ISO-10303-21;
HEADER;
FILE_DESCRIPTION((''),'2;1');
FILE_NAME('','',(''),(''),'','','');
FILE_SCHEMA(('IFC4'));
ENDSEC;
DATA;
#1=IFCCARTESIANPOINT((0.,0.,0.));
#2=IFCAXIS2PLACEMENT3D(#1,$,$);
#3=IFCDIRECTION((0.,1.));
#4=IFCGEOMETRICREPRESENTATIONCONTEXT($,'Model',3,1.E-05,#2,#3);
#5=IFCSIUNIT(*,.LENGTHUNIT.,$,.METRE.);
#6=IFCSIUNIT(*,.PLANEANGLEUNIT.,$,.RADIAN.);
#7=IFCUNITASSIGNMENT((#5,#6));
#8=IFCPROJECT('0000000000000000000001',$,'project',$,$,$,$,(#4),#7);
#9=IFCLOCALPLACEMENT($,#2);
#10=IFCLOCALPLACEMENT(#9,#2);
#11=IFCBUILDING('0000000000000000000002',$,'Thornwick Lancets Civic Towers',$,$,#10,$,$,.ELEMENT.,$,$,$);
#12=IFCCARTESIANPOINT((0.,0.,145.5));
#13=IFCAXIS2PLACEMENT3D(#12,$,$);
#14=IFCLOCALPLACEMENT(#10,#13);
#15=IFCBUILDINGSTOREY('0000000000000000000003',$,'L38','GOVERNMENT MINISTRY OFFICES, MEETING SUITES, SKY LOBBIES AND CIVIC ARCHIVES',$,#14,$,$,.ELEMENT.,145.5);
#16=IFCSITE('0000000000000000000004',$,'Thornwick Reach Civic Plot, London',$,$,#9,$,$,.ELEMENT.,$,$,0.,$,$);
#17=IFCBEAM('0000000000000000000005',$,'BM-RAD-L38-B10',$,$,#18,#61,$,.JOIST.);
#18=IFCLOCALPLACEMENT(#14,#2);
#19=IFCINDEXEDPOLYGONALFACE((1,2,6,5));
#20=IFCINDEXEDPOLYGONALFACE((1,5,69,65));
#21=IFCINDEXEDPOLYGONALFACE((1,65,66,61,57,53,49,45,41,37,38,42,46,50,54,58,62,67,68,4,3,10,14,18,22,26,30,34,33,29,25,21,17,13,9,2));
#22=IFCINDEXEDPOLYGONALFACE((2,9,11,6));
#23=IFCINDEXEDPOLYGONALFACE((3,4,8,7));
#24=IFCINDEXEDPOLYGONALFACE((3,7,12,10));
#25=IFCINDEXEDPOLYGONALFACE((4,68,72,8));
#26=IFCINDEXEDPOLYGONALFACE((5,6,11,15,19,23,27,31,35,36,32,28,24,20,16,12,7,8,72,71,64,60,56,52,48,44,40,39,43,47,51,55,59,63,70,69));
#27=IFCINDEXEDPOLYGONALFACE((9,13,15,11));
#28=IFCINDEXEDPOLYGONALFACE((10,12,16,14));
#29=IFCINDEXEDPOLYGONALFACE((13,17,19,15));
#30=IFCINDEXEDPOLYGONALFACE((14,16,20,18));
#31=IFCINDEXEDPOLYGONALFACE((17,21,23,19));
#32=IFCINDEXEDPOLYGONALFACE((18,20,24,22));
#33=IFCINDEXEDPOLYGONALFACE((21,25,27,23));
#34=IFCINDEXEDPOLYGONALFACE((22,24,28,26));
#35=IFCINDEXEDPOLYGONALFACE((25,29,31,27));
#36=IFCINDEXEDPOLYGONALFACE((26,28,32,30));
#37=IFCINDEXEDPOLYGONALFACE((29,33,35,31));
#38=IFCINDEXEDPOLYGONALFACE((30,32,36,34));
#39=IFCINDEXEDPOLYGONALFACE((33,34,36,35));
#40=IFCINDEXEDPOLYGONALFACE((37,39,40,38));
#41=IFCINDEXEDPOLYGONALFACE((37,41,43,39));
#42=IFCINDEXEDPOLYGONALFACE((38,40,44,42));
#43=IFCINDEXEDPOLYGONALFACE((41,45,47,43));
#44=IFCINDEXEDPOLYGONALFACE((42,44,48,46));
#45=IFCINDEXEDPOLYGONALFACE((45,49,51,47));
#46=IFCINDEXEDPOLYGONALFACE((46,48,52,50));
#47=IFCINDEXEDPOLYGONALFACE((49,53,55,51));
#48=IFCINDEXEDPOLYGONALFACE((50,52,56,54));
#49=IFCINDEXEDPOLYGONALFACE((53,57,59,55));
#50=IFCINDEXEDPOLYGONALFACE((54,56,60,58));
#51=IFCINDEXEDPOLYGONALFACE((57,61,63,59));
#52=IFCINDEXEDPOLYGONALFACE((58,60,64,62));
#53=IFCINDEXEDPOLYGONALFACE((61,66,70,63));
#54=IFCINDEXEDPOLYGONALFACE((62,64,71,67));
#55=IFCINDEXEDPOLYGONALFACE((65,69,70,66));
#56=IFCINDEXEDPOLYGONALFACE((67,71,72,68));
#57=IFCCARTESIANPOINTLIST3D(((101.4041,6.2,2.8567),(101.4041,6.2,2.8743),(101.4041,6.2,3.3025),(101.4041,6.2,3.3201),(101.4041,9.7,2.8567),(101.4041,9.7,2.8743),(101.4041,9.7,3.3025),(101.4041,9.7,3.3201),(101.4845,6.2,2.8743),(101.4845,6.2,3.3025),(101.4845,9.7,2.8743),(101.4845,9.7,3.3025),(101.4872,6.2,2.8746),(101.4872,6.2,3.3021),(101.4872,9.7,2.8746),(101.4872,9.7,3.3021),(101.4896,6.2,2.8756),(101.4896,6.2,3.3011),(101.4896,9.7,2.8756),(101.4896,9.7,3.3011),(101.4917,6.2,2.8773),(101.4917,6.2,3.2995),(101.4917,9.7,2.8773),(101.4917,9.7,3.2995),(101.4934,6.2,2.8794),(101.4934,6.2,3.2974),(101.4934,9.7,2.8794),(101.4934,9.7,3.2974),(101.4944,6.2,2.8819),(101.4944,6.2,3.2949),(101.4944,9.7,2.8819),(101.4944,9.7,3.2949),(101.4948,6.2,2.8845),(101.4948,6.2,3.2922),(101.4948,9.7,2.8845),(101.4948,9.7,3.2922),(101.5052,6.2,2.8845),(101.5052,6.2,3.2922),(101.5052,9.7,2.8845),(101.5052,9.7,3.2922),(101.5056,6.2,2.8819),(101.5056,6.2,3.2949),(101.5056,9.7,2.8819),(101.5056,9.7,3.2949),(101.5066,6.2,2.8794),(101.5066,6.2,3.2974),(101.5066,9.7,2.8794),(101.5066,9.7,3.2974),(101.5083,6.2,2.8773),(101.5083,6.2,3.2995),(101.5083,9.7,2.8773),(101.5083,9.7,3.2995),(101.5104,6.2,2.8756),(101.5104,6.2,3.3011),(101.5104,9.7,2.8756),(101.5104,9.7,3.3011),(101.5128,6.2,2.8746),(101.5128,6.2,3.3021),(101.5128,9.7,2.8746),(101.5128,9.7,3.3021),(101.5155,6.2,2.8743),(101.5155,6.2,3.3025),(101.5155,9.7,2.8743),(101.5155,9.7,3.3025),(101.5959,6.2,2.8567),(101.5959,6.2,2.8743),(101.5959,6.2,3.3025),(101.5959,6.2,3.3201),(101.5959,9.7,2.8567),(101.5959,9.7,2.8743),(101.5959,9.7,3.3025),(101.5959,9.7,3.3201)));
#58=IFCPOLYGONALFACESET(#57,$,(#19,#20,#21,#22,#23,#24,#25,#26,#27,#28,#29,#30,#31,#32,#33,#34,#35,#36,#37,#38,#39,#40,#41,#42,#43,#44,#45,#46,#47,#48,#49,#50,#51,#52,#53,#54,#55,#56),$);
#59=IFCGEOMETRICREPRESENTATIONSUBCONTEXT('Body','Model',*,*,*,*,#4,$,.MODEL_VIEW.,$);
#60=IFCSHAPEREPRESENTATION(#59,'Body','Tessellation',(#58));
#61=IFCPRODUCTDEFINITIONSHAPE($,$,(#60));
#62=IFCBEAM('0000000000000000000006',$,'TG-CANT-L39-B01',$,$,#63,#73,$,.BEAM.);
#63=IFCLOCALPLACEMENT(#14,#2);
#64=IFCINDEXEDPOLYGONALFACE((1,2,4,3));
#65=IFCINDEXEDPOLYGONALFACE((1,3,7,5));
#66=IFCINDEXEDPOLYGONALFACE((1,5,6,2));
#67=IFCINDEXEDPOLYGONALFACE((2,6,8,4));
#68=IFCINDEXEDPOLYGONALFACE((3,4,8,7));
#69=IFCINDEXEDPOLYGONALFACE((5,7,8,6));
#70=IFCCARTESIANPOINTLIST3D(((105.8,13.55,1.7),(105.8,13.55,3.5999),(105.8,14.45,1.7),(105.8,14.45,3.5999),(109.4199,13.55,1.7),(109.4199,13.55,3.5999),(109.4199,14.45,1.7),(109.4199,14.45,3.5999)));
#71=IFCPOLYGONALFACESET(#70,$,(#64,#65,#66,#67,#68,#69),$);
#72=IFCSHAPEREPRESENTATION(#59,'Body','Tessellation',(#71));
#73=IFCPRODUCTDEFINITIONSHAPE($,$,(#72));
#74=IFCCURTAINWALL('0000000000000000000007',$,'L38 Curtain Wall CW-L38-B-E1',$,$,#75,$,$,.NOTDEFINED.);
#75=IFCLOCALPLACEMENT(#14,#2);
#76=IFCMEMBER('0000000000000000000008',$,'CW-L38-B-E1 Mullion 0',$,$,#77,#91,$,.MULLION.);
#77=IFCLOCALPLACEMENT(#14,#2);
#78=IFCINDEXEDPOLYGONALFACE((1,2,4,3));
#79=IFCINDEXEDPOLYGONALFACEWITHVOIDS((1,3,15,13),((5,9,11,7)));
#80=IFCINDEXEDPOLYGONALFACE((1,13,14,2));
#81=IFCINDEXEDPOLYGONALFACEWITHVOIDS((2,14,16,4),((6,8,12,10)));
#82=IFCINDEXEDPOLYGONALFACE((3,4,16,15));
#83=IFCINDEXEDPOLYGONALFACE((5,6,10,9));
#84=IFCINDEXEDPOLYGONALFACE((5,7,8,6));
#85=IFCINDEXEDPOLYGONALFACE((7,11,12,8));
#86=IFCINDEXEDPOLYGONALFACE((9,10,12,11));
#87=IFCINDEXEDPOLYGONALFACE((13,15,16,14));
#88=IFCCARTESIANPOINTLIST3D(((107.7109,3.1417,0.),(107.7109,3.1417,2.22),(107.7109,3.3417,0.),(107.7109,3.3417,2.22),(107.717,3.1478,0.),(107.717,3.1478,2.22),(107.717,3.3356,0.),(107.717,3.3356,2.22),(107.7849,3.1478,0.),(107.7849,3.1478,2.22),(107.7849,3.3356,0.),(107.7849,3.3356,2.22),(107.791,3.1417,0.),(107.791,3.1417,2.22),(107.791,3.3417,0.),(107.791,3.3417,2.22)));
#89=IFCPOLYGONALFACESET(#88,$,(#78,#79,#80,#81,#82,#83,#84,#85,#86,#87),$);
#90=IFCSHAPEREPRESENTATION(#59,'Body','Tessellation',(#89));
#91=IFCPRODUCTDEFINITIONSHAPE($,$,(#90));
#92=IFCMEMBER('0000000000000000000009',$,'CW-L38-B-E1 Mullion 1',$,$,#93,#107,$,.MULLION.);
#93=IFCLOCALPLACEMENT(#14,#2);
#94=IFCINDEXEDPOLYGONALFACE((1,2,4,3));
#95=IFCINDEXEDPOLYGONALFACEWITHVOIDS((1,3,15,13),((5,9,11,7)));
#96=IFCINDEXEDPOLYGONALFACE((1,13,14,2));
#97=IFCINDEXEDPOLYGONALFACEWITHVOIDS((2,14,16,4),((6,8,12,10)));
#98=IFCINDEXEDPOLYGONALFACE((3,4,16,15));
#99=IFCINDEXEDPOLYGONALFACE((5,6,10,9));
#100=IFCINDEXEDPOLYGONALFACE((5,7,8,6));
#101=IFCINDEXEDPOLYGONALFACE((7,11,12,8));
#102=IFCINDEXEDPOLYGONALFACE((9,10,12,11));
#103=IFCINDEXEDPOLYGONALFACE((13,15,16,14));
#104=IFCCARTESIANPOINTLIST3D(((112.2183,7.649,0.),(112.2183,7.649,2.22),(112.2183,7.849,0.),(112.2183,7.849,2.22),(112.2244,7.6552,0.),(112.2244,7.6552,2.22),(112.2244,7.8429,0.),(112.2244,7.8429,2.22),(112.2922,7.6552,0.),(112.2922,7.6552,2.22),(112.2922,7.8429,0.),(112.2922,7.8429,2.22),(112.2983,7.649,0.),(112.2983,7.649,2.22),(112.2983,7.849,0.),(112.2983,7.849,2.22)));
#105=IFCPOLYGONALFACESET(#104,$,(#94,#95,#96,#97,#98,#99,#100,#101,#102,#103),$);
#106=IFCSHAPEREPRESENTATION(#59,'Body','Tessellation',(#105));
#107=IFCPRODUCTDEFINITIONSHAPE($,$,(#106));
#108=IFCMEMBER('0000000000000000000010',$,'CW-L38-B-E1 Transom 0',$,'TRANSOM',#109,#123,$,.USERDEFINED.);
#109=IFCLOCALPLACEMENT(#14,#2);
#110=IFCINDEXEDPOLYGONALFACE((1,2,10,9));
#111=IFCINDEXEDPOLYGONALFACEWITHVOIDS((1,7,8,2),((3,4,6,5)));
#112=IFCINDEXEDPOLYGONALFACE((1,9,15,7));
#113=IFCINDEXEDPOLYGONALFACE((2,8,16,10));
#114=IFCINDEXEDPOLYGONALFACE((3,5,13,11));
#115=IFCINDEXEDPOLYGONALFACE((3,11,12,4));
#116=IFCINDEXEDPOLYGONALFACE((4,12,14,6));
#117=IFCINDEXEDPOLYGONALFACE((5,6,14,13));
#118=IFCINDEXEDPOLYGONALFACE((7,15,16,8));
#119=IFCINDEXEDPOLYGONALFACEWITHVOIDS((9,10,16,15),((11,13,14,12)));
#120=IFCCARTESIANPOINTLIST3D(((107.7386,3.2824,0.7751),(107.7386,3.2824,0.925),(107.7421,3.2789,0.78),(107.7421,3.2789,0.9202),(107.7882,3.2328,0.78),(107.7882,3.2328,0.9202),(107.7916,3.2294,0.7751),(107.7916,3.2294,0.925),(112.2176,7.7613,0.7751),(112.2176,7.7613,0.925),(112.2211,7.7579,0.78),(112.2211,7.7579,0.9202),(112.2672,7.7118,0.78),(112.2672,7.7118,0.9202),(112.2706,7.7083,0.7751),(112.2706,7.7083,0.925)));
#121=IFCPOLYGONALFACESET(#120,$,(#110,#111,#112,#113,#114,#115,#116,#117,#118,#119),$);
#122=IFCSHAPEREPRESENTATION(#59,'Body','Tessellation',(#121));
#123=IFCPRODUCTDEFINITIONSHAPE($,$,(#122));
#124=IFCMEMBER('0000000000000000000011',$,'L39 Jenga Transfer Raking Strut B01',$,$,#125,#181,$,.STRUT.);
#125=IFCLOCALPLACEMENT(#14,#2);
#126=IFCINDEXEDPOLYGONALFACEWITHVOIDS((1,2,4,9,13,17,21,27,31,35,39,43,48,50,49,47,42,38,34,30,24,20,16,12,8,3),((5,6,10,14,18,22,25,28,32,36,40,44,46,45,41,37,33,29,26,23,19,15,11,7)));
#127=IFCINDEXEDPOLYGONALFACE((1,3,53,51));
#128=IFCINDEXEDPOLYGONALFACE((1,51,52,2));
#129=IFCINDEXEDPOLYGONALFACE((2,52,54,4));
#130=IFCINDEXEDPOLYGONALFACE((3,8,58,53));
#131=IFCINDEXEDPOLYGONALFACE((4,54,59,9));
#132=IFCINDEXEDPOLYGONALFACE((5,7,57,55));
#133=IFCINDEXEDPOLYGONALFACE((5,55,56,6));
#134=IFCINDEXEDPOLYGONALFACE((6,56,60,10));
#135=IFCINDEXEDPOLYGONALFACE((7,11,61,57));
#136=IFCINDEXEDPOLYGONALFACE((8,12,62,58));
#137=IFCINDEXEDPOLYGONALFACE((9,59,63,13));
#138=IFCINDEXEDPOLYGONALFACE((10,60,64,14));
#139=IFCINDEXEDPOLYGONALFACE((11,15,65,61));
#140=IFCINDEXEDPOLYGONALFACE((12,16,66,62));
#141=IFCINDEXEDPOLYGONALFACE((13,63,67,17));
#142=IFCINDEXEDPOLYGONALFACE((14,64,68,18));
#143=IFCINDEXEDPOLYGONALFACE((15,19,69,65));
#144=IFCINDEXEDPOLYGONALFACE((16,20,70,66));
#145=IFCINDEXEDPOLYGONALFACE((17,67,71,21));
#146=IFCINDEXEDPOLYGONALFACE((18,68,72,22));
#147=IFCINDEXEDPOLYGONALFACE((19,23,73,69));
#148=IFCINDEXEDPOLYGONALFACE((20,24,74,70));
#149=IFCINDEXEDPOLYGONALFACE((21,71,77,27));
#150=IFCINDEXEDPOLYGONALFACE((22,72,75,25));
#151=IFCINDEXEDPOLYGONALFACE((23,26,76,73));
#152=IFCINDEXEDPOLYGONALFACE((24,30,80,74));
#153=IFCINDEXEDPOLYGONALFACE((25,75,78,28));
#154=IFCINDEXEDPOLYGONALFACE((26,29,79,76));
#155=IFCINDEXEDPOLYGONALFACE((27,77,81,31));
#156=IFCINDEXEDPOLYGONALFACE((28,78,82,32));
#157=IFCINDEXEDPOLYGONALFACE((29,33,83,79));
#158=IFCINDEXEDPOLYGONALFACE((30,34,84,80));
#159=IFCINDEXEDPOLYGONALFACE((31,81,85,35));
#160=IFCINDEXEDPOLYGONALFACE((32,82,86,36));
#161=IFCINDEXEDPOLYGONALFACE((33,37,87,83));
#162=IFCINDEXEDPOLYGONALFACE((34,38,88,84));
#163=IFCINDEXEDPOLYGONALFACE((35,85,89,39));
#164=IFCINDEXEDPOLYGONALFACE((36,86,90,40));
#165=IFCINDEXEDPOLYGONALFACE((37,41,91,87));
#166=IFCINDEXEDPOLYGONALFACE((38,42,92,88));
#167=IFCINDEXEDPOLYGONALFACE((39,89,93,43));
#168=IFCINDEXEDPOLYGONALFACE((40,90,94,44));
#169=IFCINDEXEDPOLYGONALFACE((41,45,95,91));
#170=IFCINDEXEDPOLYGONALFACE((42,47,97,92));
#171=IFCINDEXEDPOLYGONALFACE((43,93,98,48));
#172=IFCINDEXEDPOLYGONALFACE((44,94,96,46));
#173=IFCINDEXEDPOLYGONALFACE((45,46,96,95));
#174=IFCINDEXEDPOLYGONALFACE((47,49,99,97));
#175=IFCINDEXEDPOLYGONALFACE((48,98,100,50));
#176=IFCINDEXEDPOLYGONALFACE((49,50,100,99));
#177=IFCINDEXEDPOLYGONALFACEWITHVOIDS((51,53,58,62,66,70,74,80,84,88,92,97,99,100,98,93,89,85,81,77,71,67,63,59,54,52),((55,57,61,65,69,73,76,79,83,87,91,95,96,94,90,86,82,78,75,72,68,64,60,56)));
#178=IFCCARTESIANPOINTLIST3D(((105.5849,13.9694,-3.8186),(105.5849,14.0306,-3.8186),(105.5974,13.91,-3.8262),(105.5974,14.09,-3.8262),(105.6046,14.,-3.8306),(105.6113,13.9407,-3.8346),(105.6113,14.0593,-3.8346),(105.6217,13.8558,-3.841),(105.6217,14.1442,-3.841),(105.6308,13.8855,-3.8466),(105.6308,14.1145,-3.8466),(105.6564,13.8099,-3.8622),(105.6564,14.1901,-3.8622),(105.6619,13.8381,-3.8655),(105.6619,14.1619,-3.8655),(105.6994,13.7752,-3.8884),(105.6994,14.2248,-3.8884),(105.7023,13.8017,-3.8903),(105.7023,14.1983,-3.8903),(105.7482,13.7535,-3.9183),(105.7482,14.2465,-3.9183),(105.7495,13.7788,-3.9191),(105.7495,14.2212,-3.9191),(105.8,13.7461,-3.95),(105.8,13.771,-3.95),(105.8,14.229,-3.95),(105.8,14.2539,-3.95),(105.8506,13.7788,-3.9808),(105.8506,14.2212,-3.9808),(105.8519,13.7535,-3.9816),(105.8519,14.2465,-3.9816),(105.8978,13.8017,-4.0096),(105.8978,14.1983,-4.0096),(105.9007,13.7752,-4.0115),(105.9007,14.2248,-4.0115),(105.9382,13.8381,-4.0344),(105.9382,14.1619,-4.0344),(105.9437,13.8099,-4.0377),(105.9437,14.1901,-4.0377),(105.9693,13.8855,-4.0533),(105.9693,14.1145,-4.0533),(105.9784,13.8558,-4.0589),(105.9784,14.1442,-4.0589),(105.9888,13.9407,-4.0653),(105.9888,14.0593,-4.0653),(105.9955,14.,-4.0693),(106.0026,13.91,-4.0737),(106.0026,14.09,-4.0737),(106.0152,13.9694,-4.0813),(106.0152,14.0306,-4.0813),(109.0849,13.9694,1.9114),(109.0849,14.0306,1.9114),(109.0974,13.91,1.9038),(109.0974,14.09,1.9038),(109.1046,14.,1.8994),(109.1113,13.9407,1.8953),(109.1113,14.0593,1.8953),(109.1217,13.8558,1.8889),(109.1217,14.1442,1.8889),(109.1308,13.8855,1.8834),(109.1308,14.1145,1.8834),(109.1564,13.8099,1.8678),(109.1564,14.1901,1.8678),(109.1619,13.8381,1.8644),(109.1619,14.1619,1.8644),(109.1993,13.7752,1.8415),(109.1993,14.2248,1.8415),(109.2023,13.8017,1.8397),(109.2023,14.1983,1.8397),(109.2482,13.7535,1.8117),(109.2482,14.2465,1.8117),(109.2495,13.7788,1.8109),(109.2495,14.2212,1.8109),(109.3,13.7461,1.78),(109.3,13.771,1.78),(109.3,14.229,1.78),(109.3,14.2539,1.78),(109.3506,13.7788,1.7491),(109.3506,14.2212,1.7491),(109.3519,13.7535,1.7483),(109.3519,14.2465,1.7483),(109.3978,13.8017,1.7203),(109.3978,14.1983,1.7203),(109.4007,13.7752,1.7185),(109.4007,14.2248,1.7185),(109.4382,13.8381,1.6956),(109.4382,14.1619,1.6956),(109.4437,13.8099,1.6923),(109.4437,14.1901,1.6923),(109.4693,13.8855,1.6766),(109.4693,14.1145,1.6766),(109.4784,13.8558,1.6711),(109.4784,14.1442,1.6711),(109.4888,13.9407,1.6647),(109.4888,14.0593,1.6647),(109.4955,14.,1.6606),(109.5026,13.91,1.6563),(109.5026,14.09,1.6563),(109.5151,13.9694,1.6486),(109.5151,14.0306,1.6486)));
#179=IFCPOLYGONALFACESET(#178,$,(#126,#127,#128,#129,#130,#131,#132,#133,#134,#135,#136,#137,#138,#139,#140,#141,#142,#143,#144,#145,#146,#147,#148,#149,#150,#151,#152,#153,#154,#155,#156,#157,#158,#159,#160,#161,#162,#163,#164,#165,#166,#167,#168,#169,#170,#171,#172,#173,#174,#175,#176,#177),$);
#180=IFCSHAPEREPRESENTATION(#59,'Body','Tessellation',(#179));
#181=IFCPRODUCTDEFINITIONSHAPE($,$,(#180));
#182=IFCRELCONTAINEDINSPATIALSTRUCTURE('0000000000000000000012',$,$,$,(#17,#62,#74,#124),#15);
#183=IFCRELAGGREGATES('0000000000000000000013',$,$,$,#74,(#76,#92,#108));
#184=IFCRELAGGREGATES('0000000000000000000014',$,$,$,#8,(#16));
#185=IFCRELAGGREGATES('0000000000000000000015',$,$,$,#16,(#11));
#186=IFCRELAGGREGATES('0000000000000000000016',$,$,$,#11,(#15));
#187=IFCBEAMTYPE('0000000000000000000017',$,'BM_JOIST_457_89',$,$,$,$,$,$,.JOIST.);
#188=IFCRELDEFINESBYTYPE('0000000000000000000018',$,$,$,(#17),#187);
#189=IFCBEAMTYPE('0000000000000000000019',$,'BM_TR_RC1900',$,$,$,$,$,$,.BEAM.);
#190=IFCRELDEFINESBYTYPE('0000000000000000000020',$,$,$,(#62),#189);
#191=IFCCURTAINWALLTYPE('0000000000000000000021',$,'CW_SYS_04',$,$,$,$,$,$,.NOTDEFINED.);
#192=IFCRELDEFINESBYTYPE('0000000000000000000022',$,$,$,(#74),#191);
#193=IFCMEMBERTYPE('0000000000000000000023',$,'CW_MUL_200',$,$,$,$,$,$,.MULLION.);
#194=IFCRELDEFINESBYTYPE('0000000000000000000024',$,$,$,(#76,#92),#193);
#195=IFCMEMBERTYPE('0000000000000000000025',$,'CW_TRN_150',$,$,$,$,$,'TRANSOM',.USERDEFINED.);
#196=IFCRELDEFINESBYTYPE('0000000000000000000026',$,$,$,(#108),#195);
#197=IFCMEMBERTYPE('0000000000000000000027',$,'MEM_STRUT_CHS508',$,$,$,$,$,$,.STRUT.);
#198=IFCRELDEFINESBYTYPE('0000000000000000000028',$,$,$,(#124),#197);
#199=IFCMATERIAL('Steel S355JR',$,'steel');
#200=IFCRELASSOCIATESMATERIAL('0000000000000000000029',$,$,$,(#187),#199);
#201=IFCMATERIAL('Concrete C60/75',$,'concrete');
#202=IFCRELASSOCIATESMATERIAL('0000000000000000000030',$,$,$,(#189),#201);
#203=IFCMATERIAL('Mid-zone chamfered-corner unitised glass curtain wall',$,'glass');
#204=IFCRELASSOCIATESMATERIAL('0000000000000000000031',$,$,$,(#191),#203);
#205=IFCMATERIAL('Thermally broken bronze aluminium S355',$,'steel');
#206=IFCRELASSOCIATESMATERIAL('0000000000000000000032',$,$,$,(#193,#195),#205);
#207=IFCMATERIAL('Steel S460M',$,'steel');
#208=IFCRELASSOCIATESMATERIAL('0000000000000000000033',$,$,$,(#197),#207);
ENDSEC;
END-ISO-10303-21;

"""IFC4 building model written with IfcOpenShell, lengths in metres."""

from ifc_helpers import new_model, si_unit, direction, frame, origin, origin_2d, place, context, subcontext, project, spatial, rectangle, hollow_rectangle, hollow_circle, i_section, extrude, material, material_profile, profile_set, type_object, element, aggregate, save


model = new_model("IFC4")

# Units and contexts
model_context = context("Model", 3, precision=1e-05, world=origin(), true_north=direction((0.0, 1.0)))
body_context = subcontext(model_context, "Body", "Model", "MODEL_VIEW")
ifc_project = project(units=[si_unit("LENGTHUNIT", "METRE"), si_unit("PLANEANGLEUNIT", "RADIAN")], contexts=[model_context])

# Site, building, storey
site_placement = place(None, origin())
site = spatial("IfcSite", under=ifc_project, at=site_placement, Name="Thornwick Reach Civic Plot, London", CompositionType="ELEMENT", RefElevation=0.0)
building_placement = place(site_placement, origin())
building = spatial("IfcBuilding", under=site, at=building_placement, Name="Thornwick Lancets Civic Towers", CompositionType="ELEMENT")
storey_placement = place(building_placement, frame((0.0, 0.0, 145.5)))
storey = spatial("IfcBuildingStorey", under=building, at=storey_placement, Name="L38", Description="GOVERNMENT MINISTRY OFFICES, MEETING SUITES, SKY LOBBIES AND CIVIC ARCHIVES", CompositionType="ELEMENT", Elevation=145.5)

# Shared definitions
ifc_material_1 = material(Name="Steel S460M", Category="steel")

# Beams
ifc_material_2 = material(Name="Steel S355JR", Category="steel")
ifc_material_profile_1 = material_profile(ifc_material_2, i_section(OverallWidth=0.1919, OverallDepth=0.4634, WebThickness=0.0105, FlangeThickness=0.0176, FilletRadius=0.0103, at=origin_2d()), Name="UKB 457x191x89")
ifc_profile_set_1 = profile_set([ifc_material_profile_1], Name="Steel S355JR")
beam_type_1 = type_object("IfcBeamType", Name="BM_JOIST_457_89", PredefinedType="JOIST", material=ifc_profile_set_1)
beam_1_placement = place(storey_placement, frame((101.5, 9.7, 3.0884), z_axis=(0.0, -1.0, 0.0), x_axis=(1.0, 0.0, 0.0)))
element("IfcBeam", 1, at=beam_1_placement, inside=storey, type_object=beam_type_1, Name="BM-RAD-L38-B10", PredefinedType="JOIST", context=body_context, shape_type="SweptSolid", body=[
    extrude(i_section(OverallWidth=0.1919, OverallDepth=0.4634, WebThickness=0.0105, FlangeThickness=0.0176, FilletRadius=0.0103, at=origin_2d()), origin(), (0.0, 0.0, 1.0), 3.5),
])
ifc_material_3 = material(Name="Concrete C60/75", Category="concrete")
ifc_material_profile_2 = material_profile(ifc_material_3, rectangle(XDim=0.8999, YDim=1.8999, at=origin_2d()), Name="RC 900x1900")
ifc_profile_set_2 = profile_set([ifc_material_profile_2], Name="Concrete C60/75")
beam_type_2 = type_object("IfcBeamType", Name="BM_TR_RC1900", PredefinedType="BEAM", material=ifc_profile_set_2)
beam_2_placement = place(storey_placement, frame((105.8, 14.0, 2.6499), z_axis=(1.0, 0.0, 0.0), x_axis=(0.0, 1.0, 0.0)))
element("IfcBeam", 2, at=beam_2_placement, inside=storey, type_object=beam_type_2, Name="TG-CANT-L39-B01", PredefinedType="BEAM", context=body_context, shape_type="SweptSolid", body=[
    extrude(rectangle(XDim=0.8999, YDim=1.8999, at=origin_2d()), origin(), (0.0, 0.0, 1.0), 3.6199),
])

# Curtain wall, members
ifc_material_4 = material(Name="Mid-zone chamfered-corner unitised glass curtain wall", Category="glass")
curtain_wall_type = type_object("IfcCurtainWallType", Name="CW_SYS_04", PredefinedType="NOTDEFINED", material=ifc_material_4)
curtain_wall_placement = place(storey_placement, origin())
curtain_wall = element("IfcCurtainWall", 3, at=curtain_wall_placement, inside=storey, type_object=curtain_wall_type, Name="L38 Curtain Wall CW-L38-B-E1", PredefinedType="NOTDEFINED")
ifc_material_5 = material(Name="Thermally broken bronze aluminium S355", Category="steel")
ifc_material_profile_3 = material_profile(ifc_material_5, hollow_rectangle(XDim=0.0801, YDim=0.2, WallThickness=0.0061, at=origin_2d()), Name="RHS 200x80x6")
ifc_profile_set_3 = profile_set([ifc_material_profile_3], Name="Thermally broken bronze aluminium S355")
member_type_1 = type_object("IfcMemberType", Name="CW_MUL_200", PredefinedType="MULLION", material=ifc_profile_set_3)
member_1_placement = place(storey_placement, frame((107.751, 3.2417, 0.0), z_axis=(0.0, 0.0, 1.0), x_axis=(1.0, 0.0, 0.0)))
member_1 = element("IfcMember", 4, at=member_1_placement, type_object=member_type_1, Name="CW-L38-B-E1 Mullion 0", PredefinedType="MULLION", context=body_context, shape_type="SweptSolid", body=[
    extrude(hollow_rectangle(XDim=0.0801, YDim=0.2, WallThickness=0.0061, at=origin_2d()), origin(), (0.0, 0.0, 1.0), 2.22),
])
member_2_placement = place(storey_placement, frame((112.2583, 7.749, 0.0), z_axis=(0.0, 0.0, 1.0), x_axis=(1.0, 0.0, 0.0)))
member_2 = element("IfcMember", 5, at=member_2_placement, type_object=member_type_1, Name="CW-L38-B-E1 Mullion 1", PredefinedType="MULLION", context=body_context, shape_type="SweptSolid", body=[
    extrude(hollow_rectangle(XDim=0.0801, YDim=0.2, WallThickness=0.0061, at=origin_2d()), origin(), (0.0, 0.0, 1.0), 2.22),
])
ifc_material_profile_4 = material_profile(ifc_material_5, hollow_rectangle(XDim=0.075, YDim=0.1499, WallThickness=0.0049, at=origin_2d()), Name="RHS 150x75x5")
ifc_profile_set_4 = profile_set([ifc_material_profile_4], Name="Thermally broken bronze aluminium S355")
member_type_2 = type_object("IfcMemberType", Name="CW_TRN_150", ElementType="TRANSOM", PredefinedType="USERDEFINED", material=ifc_profile_set_4)
member_3_placement = place(storey_placement, frame((107.7651, 3.2559, 0.8501), z_axis=(0.707107, 0.707107, 0.0), x_axis=(-0.707107, 0.707107, 0.0)))
member_3 = element("IfcMember", 6, at=member_3_placement, type_object=member_type_2, Name="CW-L38-B-E1 Transom 0", ObjectType="TRANSOM", PredefinedType="USERDEFINED", context=body_context, shape_type="SweptSolid", body=[
    extrude(hollow_rectangle(XDim=0.075, YDim=0.1499, WallThickness=0.0049, at=origin_2d()), origin(), (0.0, 0.0, 1.0), 6.3342),
])

# Member
ifc_material_profile_5 = material_profile(ifc_material_1, hollow_circle(Radius=0.2539, WallThickness=0.0249, at=origin_2d()), Name="CHS 508x25")
ifc_profile_set_5 = profile_set([ifc_material_profile_5], Name="Steel S460M")
member_type_3 = type_object("IfcMemberType", Name="MEM_STRUT_CHS508", PredefinedType="STRUT", material=ifc_profile_set_5)
member_4_placement = place(storey_placement, frame((105.8, 14.0, -3.95), z_axis=(0.521271, 0.0, 0.853391), x_axis=(0.0, 1.0, 0.0)))
element("IfcMember", 7, at=member_4_placement, inside=storey, type_object=member_type_3, Name="L39 Jenga Transfer Raking Strut B01", PredefinedType="STRUT", context=body_context, shape_type="SweptSolid", body=[
    extrude(hollow_circle(Radius=0.2539, WallThickness=0.0249, at=origin_2d()), origin(), (0.0, 0.0, 1.0), 6.7144),
])

aggregate(curtain_wall, [member_1, member_2, member_3])

save(model, "model.ifc")
